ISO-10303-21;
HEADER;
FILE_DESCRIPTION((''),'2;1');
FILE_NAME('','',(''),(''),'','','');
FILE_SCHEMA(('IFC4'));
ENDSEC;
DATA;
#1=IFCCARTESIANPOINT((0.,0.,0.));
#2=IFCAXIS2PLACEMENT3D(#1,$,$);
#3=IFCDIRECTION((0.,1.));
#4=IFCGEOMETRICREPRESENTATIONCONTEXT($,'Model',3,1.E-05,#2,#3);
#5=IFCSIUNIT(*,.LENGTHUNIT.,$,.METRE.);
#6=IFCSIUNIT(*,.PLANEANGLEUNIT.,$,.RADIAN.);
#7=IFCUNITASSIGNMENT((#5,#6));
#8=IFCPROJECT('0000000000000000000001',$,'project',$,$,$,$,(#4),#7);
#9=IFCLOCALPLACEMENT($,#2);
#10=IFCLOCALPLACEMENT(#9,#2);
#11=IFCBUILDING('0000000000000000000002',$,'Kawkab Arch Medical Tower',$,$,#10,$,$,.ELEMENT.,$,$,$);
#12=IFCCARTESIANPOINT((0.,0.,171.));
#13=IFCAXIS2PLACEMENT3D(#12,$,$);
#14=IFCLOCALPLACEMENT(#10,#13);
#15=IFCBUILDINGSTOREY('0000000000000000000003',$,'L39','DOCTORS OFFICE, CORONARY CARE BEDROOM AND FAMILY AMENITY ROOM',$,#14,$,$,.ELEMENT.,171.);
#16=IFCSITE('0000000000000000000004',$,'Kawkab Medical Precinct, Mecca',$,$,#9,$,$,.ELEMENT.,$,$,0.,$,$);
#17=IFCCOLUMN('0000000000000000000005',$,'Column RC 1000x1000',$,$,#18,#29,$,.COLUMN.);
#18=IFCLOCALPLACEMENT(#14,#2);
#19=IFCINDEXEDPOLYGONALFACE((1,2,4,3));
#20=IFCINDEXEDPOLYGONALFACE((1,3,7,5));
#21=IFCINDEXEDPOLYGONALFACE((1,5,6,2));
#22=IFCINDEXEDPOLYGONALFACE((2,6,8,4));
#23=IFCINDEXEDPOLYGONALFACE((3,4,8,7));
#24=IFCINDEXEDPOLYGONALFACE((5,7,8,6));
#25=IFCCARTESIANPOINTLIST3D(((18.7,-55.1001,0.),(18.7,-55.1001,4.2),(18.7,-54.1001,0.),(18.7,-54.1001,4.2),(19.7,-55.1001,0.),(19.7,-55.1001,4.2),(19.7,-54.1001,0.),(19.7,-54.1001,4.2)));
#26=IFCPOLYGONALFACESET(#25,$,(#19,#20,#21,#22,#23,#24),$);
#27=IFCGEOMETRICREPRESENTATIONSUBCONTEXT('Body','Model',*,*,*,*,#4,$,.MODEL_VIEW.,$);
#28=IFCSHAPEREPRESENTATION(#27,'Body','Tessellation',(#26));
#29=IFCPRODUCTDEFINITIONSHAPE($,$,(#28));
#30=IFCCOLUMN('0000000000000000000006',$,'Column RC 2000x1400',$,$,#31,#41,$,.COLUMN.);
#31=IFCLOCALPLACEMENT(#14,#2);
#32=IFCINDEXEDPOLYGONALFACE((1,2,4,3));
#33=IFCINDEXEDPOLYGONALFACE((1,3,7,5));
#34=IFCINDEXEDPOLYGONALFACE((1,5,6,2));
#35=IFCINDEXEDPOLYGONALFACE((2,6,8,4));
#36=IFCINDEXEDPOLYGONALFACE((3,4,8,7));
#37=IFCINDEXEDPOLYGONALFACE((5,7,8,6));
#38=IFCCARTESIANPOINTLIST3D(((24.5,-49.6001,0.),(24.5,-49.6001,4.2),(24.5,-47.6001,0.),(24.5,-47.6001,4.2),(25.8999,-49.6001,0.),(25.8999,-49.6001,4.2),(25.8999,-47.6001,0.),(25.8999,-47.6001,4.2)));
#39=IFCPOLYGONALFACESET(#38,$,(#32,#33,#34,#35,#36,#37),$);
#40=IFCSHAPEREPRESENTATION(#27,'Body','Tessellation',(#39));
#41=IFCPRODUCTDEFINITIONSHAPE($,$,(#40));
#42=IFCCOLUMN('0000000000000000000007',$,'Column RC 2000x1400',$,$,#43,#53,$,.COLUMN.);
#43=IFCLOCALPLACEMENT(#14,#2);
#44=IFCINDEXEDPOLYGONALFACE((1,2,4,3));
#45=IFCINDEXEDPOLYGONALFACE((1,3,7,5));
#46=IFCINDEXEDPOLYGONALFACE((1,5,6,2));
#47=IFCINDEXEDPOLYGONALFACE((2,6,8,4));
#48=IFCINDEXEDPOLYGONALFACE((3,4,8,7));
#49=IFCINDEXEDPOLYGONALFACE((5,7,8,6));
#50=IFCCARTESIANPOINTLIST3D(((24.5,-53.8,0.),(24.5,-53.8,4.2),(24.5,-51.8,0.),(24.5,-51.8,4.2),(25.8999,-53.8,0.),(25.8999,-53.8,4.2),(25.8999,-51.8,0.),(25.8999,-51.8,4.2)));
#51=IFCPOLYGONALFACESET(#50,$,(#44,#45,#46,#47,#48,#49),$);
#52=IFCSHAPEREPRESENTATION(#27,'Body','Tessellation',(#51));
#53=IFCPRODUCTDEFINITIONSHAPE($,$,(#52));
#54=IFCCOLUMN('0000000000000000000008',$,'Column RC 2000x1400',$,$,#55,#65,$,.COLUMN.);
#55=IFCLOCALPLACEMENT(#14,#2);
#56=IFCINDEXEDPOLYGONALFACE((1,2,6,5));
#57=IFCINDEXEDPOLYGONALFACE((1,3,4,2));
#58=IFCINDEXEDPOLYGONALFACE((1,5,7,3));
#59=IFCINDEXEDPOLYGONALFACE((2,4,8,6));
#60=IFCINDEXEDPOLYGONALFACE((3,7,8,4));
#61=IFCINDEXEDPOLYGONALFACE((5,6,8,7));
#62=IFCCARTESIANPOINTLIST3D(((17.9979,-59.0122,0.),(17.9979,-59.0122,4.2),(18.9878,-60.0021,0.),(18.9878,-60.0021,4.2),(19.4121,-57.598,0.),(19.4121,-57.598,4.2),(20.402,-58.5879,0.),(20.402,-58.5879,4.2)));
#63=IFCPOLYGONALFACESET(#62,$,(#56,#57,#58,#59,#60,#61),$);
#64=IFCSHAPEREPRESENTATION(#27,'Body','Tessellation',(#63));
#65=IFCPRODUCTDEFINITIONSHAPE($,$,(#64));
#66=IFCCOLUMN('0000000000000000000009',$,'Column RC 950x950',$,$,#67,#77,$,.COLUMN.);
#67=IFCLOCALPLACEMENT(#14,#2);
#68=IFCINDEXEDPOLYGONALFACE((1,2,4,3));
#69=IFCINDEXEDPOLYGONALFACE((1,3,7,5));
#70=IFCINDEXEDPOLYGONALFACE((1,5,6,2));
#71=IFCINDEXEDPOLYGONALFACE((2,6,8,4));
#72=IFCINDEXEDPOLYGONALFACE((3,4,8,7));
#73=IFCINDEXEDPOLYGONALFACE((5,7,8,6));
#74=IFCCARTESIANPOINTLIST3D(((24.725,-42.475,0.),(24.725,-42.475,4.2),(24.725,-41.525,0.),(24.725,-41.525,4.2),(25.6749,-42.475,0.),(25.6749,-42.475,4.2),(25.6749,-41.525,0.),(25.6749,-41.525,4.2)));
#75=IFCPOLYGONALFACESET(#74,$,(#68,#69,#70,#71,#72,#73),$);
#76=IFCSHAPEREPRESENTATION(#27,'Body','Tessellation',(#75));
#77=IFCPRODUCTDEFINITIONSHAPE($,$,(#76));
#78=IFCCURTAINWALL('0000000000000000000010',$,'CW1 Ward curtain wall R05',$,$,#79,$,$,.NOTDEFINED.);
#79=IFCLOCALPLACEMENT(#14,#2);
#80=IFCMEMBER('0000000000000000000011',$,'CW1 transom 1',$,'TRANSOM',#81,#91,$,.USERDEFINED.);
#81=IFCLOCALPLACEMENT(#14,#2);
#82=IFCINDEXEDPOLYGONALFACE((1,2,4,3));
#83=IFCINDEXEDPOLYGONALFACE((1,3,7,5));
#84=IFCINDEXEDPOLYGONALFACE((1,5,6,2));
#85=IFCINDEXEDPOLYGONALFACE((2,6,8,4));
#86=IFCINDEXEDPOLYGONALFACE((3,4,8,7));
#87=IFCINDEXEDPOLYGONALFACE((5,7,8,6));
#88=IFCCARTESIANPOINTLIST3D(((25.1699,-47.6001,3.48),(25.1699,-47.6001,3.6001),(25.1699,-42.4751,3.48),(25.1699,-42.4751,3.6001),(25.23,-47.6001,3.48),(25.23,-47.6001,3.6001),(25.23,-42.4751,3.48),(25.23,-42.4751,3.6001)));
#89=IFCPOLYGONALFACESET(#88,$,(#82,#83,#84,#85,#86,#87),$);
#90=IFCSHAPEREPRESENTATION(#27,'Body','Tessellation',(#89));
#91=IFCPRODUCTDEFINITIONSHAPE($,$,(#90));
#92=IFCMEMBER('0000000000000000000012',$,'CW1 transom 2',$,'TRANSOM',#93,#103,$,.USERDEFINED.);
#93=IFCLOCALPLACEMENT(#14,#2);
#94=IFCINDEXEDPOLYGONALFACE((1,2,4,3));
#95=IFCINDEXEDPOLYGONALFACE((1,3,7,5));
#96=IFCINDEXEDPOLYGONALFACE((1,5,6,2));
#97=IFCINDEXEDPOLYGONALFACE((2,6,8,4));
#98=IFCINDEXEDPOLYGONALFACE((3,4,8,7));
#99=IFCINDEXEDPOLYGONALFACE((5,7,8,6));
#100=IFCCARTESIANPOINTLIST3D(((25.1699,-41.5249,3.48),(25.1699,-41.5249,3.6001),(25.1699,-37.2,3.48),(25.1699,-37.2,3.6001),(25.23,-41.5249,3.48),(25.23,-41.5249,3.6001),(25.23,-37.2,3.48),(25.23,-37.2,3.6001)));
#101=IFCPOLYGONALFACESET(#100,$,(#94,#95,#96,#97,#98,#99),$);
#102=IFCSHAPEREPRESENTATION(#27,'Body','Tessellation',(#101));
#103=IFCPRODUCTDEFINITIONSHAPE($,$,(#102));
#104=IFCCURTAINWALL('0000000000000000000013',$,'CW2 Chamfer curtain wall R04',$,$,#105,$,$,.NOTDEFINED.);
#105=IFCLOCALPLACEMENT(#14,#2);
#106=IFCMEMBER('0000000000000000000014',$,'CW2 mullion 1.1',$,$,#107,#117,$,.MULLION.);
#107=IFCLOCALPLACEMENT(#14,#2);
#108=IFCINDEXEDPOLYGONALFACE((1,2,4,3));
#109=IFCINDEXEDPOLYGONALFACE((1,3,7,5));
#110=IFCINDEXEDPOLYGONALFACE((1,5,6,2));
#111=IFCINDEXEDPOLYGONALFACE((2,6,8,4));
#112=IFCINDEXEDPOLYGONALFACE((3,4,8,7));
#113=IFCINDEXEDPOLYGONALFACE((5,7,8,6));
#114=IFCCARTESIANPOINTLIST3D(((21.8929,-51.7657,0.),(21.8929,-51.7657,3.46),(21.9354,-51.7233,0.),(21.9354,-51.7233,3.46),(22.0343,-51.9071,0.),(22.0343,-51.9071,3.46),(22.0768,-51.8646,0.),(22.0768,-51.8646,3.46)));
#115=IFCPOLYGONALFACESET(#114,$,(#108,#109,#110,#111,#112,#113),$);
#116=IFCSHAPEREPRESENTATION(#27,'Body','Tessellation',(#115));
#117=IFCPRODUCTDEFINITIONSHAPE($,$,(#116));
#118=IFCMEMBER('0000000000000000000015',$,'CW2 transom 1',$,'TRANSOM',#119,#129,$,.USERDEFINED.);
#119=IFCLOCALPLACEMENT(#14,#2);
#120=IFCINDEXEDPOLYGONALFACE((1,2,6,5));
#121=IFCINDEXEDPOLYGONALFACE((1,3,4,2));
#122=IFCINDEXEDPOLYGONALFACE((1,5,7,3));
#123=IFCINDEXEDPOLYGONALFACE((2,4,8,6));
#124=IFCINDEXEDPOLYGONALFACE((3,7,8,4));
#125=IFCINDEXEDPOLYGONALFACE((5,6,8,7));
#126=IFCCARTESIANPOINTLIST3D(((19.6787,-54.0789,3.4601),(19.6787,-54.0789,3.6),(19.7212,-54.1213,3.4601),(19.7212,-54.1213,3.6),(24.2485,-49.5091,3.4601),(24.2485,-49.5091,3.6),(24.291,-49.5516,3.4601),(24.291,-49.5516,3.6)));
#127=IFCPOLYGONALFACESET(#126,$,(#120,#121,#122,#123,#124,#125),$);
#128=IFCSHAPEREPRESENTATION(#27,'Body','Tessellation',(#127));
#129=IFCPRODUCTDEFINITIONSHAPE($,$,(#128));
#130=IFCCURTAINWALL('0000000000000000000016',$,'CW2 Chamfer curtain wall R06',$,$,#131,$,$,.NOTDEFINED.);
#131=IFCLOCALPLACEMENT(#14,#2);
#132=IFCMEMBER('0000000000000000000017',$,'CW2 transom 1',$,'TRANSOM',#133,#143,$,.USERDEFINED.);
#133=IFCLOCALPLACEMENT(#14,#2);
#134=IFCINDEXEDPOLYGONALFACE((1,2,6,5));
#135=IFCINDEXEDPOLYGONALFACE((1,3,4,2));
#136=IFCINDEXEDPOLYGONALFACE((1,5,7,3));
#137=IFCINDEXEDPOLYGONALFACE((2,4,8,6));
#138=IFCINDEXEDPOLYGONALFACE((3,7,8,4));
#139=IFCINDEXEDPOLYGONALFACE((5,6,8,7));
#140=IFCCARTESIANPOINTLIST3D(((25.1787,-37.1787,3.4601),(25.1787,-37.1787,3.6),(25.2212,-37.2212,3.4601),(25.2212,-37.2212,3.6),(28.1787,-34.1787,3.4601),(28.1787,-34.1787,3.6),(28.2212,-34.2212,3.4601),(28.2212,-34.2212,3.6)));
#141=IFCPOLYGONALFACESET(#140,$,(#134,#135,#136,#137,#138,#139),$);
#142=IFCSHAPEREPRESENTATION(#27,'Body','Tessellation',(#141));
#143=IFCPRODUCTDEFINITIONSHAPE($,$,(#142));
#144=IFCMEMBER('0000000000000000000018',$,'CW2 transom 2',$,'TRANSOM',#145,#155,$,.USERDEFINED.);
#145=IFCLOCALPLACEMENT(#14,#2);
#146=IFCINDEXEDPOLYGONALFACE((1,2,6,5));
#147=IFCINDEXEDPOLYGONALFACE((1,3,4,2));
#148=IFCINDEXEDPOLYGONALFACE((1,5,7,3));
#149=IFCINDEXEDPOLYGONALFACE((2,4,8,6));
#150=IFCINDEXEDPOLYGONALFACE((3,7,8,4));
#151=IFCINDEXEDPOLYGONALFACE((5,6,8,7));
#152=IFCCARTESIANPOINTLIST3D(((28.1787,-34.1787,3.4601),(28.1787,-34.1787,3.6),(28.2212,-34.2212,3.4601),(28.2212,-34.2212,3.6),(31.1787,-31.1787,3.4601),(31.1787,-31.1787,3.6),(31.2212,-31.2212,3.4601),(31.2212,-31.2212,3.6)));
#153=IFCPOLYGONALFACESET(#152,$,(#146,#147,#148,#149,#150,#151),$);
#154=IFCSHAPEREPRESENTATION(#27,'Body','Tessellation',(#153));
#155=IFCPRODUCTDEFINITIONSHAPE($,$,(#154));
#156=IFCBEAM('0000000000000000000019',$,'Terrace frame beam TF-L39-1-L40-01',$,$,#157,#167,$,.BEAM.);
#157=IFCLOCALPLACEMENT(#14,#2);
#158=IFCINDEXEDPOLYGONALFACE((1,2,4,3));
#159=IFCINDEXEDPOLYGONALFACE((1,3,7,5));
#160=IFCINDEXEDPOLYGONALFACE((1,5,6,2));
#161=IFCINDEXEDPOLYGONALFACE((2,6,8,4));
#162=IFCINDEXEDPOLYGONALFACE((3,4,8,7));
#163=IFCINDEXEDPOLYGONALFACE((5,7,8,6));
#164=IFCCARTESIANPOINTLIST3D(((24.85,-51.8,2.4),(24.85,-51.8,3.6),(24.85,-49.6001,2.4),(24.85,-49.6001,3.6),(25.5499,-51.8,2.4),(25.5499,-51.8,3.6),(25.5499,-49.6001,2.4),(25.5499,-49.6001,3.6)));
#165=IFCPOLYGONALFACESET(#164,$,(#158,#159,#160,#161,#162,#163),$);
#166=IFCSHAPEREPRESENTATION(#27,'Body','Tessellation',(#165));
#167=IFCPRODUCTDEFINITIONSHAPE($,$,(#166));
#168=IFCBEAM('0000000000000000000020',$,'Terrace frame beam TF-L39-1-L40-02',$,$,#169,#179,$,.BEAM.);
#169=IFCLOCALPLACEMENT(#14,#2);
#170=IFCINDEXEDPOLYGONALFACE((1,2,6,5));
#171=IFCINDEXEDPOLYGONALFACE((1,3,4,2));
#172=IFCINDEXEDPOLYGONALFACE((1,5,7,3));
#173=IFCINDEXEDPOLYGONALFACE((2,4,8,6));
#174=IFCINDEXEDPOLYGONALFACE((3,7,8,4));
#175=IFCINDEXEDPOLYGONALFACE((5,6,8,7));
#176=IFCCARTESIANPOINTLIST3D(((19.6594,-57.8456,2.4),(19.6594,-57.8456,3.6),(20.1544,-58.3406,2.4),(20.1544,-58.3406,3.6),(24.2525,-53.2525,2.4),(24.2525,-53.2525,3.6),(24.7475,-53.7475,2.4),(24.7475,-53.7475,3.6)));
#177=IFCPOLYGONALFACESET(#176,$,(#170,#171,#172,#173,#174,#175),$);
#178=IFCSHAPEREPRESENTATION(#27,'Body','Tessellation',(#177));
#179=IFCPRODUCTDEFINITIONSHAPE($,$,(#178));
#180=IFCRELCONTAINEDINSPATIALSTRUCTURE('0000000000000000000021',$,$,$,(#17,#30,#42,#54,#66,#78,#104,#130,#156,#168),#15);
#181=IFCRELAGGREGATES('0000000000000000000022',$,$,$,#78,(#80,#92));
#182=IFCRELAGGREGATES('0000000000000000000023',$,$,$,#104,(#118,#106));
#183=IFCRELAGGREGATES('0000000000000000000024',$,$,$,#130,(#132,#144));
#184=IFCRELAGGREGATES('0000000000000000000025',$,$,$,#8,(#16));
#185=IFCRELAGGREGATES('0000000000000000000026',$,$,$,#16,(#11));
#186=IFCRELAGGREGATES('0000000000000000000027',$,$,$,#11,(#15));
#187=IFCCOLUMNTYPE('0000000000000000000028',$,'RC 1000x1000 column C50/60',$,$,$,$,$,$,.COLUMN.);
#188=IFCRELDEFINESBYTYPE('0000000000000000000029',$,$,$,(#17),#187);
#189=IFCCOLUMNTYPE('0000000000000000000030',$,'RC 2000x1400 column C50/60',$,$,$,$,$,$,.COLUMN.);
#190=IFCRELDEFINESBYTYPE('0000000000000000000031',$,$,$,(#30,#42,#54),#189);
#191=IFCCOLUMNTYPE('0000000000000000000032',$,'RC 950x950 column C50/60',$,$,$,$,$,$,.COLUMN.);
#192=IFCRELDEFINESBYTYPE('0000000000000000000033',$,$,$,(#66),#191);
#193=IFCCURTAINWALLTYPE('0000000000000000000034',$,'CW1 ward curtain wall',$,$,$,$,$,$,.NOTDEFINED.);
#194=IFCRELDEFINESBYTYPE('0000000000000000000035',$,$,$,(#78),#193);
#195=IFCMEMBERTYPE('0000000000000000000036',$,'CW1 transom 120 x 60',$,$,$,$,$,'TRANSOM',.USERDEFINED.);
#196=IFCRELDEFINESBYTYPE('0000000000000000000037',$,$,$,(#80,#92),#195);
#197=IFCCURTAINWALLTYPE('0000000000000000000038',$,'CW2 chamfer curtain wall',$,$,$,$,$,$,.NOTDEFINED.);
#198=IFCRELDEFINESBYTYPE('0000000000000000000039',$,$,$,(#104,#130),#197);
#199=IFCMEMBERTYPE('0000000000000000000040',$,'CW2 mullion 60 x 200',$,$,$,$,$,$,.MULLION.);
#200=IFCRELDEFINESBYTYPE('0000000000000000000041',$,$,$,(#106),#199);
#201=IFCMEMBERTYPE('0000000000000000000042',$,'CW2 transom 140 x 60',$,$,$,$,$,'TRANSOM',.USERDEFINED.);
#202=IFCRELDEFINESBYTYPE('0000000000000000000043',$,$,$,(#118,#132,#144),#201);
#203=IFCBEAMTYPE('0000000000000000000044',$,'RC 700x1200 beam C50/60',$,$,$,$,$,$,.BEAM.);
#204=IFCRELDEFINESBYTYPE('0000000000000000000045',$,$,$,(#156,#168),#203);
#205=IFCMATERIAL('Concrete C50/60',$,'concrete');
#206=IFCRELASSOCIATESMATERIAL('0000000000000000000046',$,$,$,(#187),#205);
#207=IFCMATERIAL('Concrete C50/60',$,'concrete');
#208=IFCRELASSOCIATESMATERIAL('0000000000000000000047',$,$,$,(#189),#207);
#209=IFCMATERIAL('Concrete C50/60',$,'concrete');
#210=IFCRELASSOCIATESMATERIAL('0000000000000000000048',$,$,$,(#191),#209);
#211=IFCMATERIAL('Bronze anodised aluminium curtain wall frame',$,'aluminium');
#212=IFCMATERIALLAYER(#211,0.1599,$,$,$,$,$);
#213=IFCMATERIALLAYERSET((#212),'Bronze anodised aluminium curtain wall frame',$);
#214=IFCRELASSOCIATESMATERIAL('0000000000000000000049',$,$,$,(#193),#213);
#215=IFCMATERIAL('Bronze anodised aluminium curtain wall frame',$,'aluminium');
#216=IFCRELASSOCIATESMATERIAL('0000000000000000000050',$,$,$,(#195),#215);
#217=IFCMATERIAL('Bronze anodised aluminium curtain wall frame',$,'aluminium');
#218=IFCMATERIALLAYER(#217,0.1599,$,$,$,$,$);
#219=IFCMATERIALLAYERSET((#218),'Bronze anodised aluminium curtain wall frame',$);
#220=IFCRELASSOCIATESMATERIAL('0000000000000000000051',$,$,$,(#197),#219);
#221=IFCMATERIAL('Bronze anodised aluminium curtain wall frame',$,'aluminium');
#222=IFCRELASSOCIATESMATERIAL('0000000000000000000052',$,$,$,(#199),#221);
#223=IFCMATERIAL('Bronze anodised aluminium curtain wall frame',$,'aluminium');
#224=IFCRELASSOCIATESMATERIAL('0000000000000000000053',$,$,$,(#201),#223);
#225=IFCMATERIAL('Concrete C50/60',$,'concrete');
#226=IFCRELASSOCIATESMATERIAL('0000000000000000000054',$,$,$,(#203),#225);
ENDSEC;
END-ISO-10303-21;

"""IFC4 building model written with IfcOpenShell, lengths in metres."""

from ifc_helpers import new_model, si_unit, direction, frame, origin, origin_2d, place, context, subcontext, project, spatial, rectangle, extrude, material, layer, layer_set, material_profile, profile_set, type_object, element, aggregate, save


model = new_model("IFC4")

# Units and contexts
model_context = context("Model", 3, precision=1e-05, world=origin(), true_north=direction((0.0, 1.0)))
body_context = subcontext(model_context, "Body", "Model", "MODEL_VIEW")
ifc_project = project(units=[si_unit("LENGTHUNIT", "METRE"), si_unit("PLANEANGLEUNIT", "RADIAN")], contexts=[model_context])

# Site, building, storey
site_placement = place(None, origin())
site = spatial("IfcSite", under=ifc_project, at=site_placement, Name="Kawkab Medical Precinct, Mecca", CompositionType="ELEMENT", RefElevation=0.0)
building_placement = place(site_placement, origin())
building = spatial("IfcBuilding", under=site, at=building_placement, Name="Kawkab Arch Medical Tower", CompositionType="ELEMENT")
storey_placement = place(building_placement, frame((0.0, 0.0, 171.0)))
storey = spatial("IfcBuildingStorey", under=building, at=storey_placement, Name="L39", Description="DOCTORS OFFICE, CORONARY CARE BEDROOM AND FAMILY AMENITY ROOM", CompositionType="ELEMENT", Elevation=171.0)

# Columns
ifc_material_1 = material(Name="Concrete C50/60", Category="concrete")
ifc_material_profile_1 = material_profile(ifc_material_1, rectangle(XDim=1.0, YDim=1.0, at=origin_2d()), Name="RC 1000x1000")
ifc_profile_set_1 = profile_set([ifc_material_profile_1], Name="Concrete C50/60")
column_type_1 = type_object("IfcColumnType", Name="RC 1000x1000 column C50/60", PredefinedType="COLUMN", material=ifc_profile_set_1)
column_1_placement = place(storey_placement, frame((19.2, -54.6001, 0.0), z_axis=(0.0, 0.0, 1.0), x_axis=(1.0, 0.0, 0.0)))
element("IfcColumn", 1, at=column_1_placement, inside=storey, type_object=column_type_1, Name="Column RC 1000x1000", PredefinedType="COLUMN", context=body_context, shape_type="SweptSolid", body=[
    extrude(rectangle(XDim=1.0, YDim=1.0, at=origin_2d()), origin(), (0.0, 0.0, 1.0), 4.2),
])
ifc_material_2 = material(Name="Concrete C50/60", Category="concrete")
ifc_material_profile_2 = material_profile(ifc_material_2, rectangle(XDim=2.0, YDim=1.3999, at=origin_2d()), Name="RC 2000x1400")
ifc_profile_set_2 = profile_set([ifc_material_profile_2], Name="Concrete C50/60")
column_type_2 = type_object("IfcColumnType", Name="RC 2000x1400 column C50/60", PredefinedType="COLUMN", material=ifc_profile_set_2)
for number, where, z_axis, x_axis, name in (
    (2, (25.2, -48.6001, 0.0), (0.0, 0.0, 1.0), (0.0, -1.0, 0.0), "Column RC 2000x1400"),
    (3, (25.2, -52.8, 0.0), (0.0, 0.0, 1.0), (0.0, -1.0, 0.0), "Column RC 2000x1400"),
    (4, (19.2, -58.8, 0.0), (0.0, 0.0, 1.0), (-0.707107, -0.707107, 0.0), "Column RC 2000x1400"),
):
    element("IfcColumn", number, at=place(storey_placement, frame(where, z_axis=z_axis, x_axis=x_axis)), inside=storey, type_object=column_type_2, Name=name, PredefinedType="COLUMN", context=body_context, shape_type="SweptSolid", body=[
        extrude(rectangle(XDim=2.0, YDim=1.3999, at=origin_2d()), origin(), (0.0, 0.0, 1.0), 4.2),
    ])
ifc_material_3 = material(Name="Concrete C50/60", Category="concrete")
ifc_material_profile_3 = material_profile(ifc_material_3, rectangle(XDim=0.95, YDim=0.95, at=origin_2d()), Name="RC 950x950")
ifc_profile_set_3 = profile_set([ifc_material_profile_3], Name="Concrete C50/60")
column_type_3 = type_object("IfcColumnType", Name="RC 950x950 column C50/60", PredefinedType="COLUMN", material=ifc_profile_set_3)
column_2_placement = place(storey_placement, frame((25.2, -42.0, 0.0), z_axis=(0.0, 0.0, 1.0), x_axis=(1.0, 0.0, 0.0)))
element("IfcColumn", 5, at=column_2_placement, inside=storey, type_object=column_type_3, Name="Column RC 950x950", PredefinedType="COLUMN", context=body_context, shape_type="SweptSolid", body=[
    extrude(rectangle(XDim=0.95, YDim=0.95, at=origin_2d()), origin(), (0.0, 0.0, 1.0), 4.2),
])

# Curtain walls, members
ifc_material_4 = material(Name="Bronze anodised aluminium curtain wall frame", Category="aluminium")
ifc_layer_1 = layer(ifc_material_4, 0.1599)
ifc_layer_set_1 = layer_set([ifc_layer_1], Name="Bronze anodised aluminium curtain wall frame")
curtain_wall_type_1 = type_object("IfcCurtainWallType", Name="CW1 ward curtain wall", PredefinedType="NOTDEFINED", material=ifc_layer_set_1)
placement = place(storey_placement, origin())
curtain_wall_1 = element("IfcCurtainWall", 6, at=placement, inside=storey, type_object=curtain_wall_type_1, Name="CW1 Ward curtain wall R05", PredefinedType="NOTDEFINED")
ifc_material_5 = material(Name="Bronze anodised aluminium curtain wall frame", Category="aluminium")
ifc_material_profile_4 = material_profile(ifc_material_5, rectangle(XDim=0.0601, YDim=0.1201, at=origin_2d()), Name="AL 60x120")
ifc_profile_set_4 = profile_set([ifc_material_profile_4], Name="Bronze anodised aluminium curtain wall frame")
member_type_1 = type_object("IfcMemberType", Name="CW1 transom 120 x 60", ElementType="TRANSOM", PredefinedType="USERDEFINED", material=ifc_profile_set_4)
member_1_placement = place(storey_placement, frame((25.2, -47.6001, 3.54), z_axis=(0.0, 1.0, 0.0), x_axis=(-1.0, 0.0, 0.0)))
member_1 = element("IfcMember", 7, at=member_1_placement, type_object=member_type_1, Name="CW1 transom 1", ObjectType="TRANSOM", PredefinedType="USERDEFINED", context=body_context, shape_type="SweptSolid", body=[
    extrude(rectangle(XDim=0.0601, YDim=0.1201, at=origin_2d()), origin(), (0.0, 0.0, 1.0), 5.125),
])
member_2_placement = place(storey_placement, frame((25.2, -41.5249, 3.54), z_axis=(0.0, 1.0, 0.0), x_axis=(-1.0, 0.0, 0.0)))
member_2 = element("IfcMember", 8, at=member_2_placement, type_object=member_type_1, Name="CW1 transom 2", ObjectType="TRANSOM", PredefinedType="USERDEFINED", context=body_context, shape_type="SweptSolid", body=[
    extrude(rectangle(XDim=0.0601, YDim=0.1201, at=origin_2d()), origin(), (0.0, 0.0, 1.0), 4.325),
])
ifc_material_6 = material(Name="Bronze anodised aluminium curtain wall frame", Category="aluminium")
ifc_layer_2 = layer(ifc_material_6, 0.1599)
ifc_layer_set_2 = layer_set([ifc_layer_2], Name="Bronze anodised aluminium curtain wall frame")
curtain_wall_type_2 = type_object("IfcCurtainWallType", Name="CW2 chamfer curtain wall", PredefinedType="NOTDEFINED", material=ifc_layer_set_2)
curtain_wall_2 = element("IfcCurtainWall", 9, at=placement, inside=storey, type_object=curtain_wall_type_2, Name="CW2 Chamfer curtain wall R04", PredefinedType="NOTDEFINED")
ifc_material_7 = material(Name="Bronze anodised aluminium curtain wall frame", Category="aluminium")
ifc_material_profile_5 = material_profile(ifc_material_7, rectangle(XDim=0.2, YDim=0.0601, at=origin_2d()), Name="AL 60x200")
ifc_profile_set_5 = profile_set([ifc_material_profile_5], Name="Bronze anodised aluminium curtain wall frame")
member_type_2 = type_object("IfcMemberType", Name="CW2 mullion 60 x 200", PredefinedType="MULLION", material=ifc_profile_set_5)
member_3_placement = place(storey_placement, frame((21.9849, -51.8152, 0.0), z_axis=(0.0, 0.0, 1.0), x_axis=(-0.707107, 0.707107, 0.0)))
member_3 = element("IfcMember", 10, at=member_3_placement, type_object=member_type_2, Name="CW2 mullion 1.1", PredefinedType="MULLION", context=body_context, shape_type="SweptSolid", body=[
    extrude(rectangle(XDim=0.2, YDim=0.0601, at=origin_2d()), origin(), (0.0, 0.0, 1.0), 3.46),
])
ifc_material_8 = material(Name="Bronze anodised aluminium curtain wall frame", Category="aluminium")
ifc_material_profile_6 = material_profile(ifc_material_8, rectangle(XDim=0.0601, YDim=0.1399, at=origin_2d()), Name="AL 60x140")
ifc_profile_set_6 = profile_set([ifc_material_profile_6], Name="Bronze anodised aluminium curtain wall frame")
member_type_3 = type_object("IfcMemberType", Name="CW2 transom 140 x 60", ElementType="TRANSOM", PredefinedType="USERDEFINED", material=ifc_profile_set_6)
member_4_placement = place(storey_placement, frame((19.7, -54.1001, 3.53), z_axis=(0.707107, 0.707107, 0.0), x_axis=(-0.707107, 0.707107, 0.0)))
member_4 = element("IfcMember", 11, at=member_4_placement, type_object=member_type_3, Name="CW2 transom 1", ObjectType="TRANSOM", PredefinedType="USERDEFINED", context=body_context, shape_type="SweptSolid", body=[
    extrude(rectangle(XDim=0.0601, YDim=0.1399, at=origin_2d()), origin(), (0.0, 0.0, 1.0), 6.4626),
])
curtain_wall_3 = element("IfcCurtainWall", 12, at=placement, inside=storey, type_object=curtain_wall_type_2, Name="CW2 Chamfer curtain wall R06", PredefinedType="NOTDEFINED")
member_5_placement = place(storey_placement, frame((25.2, -37.2, 3.53), z_axis=(0.707107, 0.707107, 0.0), x_axis=(-0.707107, 0.707107, 0.0)))
member_5 = element("IfcMember", 13, at=member_5_placement, type_object=member_type_3, Name="CW2 transom 1", ObjectType="TRANSOM", PredefinedType="USERDEFINED", context=body_context, shape_type="SweptSolid", body=[
    extrude(rectangle(XDim=0.0601, YDim=0.1399, at=origin_2d()), origin(), (0.0, 0.0, 1.0), 4.2427),
])
member_6_placement = place(storey_placement, frame((28.2, -34.2, 3.53), z_axis=(0.707107, 0.707107, 0.0), x_axis=(-0.707107, 0.707107, 0.0)))
member_6 = element("IfcMember", 14, at=member_6_placement, type_object=member_type_3, Name="CW2 transom 2", ObjectType="TRANSOM", PredefinedType="USERDEFINED", context=body_context, shape_type="SweptSolid", body=[
    extrude(rectangle(XDim=0.0601, YDim=0.1399, at=origin_2d()), origin(), (0.0, 0.0, 1.0), 4.2427),
])

# Beams
ifc_material_9 = material(Name="Concrete C50/60", Category="concrete")
ifc_material_profile_7 = material_profile(ifc_material_9, rectangle(XDim=0.7, YDim=1.2, at=origin_2d()), Name="RC 700x1200")
ifc_profile_set_7 = profile_set([ifc_material_profile_7], Name="Concrete C50/60")
beam_type = type_object("IfcBeamType", Name="RC 700x1200 beam C50/60", PredefinedType="BEAM", material=ifc_profile_set_7)
beam_1_placement = place(storey_placement, frame((25.2, -49.6001, 3.0), z_axis=(0.0, -1.0, 0.0), x_axis=(1.0, 0.0, 0.0)))
element("IfcBeam", 15, at=beam_1_placement, inside=storey, type_object=beam_type, Name="Terrace frame beam TF-L39-1-L40-01", PredefinedType="BEAM", context=body_context, shape_type="SweptSolid", body=[
    extrude(rectangle(XDim=0.7, YDim=1.2, at=origin_2d()), origin(), (0.0, 0.0, 1.0), 2.2),
])
beam_2_placement = place(storey_placement, frame((24.5, -53.5, 3.0), z_axis=(-0.707107, -0.707107, 0.0), x_axis=(0.707107, -0.707107, 0.0)))
element("IfcBeam", 16, at=beam_2_placement, inside=storey, type_object=beam_type, Name="Terrace frame beam TF-L39-1-L40-02", PredefinedType="BEAM", context=body_context, shape_type="SweptSolid", body=[
    extrude(rectangle(XDim=0.7, YDim=1.2, at=origin_2d()), origin(), (0.0, 0.0, 1.0), 6.4956),
])

aggregate(curtain_wall_1, [member_1, member_2])
aggregate(curtain_wall_2, [member_4, member_3])
aggregate(curtain_wall_3, [member_5, member_6])

save(model, "model.ifc")
